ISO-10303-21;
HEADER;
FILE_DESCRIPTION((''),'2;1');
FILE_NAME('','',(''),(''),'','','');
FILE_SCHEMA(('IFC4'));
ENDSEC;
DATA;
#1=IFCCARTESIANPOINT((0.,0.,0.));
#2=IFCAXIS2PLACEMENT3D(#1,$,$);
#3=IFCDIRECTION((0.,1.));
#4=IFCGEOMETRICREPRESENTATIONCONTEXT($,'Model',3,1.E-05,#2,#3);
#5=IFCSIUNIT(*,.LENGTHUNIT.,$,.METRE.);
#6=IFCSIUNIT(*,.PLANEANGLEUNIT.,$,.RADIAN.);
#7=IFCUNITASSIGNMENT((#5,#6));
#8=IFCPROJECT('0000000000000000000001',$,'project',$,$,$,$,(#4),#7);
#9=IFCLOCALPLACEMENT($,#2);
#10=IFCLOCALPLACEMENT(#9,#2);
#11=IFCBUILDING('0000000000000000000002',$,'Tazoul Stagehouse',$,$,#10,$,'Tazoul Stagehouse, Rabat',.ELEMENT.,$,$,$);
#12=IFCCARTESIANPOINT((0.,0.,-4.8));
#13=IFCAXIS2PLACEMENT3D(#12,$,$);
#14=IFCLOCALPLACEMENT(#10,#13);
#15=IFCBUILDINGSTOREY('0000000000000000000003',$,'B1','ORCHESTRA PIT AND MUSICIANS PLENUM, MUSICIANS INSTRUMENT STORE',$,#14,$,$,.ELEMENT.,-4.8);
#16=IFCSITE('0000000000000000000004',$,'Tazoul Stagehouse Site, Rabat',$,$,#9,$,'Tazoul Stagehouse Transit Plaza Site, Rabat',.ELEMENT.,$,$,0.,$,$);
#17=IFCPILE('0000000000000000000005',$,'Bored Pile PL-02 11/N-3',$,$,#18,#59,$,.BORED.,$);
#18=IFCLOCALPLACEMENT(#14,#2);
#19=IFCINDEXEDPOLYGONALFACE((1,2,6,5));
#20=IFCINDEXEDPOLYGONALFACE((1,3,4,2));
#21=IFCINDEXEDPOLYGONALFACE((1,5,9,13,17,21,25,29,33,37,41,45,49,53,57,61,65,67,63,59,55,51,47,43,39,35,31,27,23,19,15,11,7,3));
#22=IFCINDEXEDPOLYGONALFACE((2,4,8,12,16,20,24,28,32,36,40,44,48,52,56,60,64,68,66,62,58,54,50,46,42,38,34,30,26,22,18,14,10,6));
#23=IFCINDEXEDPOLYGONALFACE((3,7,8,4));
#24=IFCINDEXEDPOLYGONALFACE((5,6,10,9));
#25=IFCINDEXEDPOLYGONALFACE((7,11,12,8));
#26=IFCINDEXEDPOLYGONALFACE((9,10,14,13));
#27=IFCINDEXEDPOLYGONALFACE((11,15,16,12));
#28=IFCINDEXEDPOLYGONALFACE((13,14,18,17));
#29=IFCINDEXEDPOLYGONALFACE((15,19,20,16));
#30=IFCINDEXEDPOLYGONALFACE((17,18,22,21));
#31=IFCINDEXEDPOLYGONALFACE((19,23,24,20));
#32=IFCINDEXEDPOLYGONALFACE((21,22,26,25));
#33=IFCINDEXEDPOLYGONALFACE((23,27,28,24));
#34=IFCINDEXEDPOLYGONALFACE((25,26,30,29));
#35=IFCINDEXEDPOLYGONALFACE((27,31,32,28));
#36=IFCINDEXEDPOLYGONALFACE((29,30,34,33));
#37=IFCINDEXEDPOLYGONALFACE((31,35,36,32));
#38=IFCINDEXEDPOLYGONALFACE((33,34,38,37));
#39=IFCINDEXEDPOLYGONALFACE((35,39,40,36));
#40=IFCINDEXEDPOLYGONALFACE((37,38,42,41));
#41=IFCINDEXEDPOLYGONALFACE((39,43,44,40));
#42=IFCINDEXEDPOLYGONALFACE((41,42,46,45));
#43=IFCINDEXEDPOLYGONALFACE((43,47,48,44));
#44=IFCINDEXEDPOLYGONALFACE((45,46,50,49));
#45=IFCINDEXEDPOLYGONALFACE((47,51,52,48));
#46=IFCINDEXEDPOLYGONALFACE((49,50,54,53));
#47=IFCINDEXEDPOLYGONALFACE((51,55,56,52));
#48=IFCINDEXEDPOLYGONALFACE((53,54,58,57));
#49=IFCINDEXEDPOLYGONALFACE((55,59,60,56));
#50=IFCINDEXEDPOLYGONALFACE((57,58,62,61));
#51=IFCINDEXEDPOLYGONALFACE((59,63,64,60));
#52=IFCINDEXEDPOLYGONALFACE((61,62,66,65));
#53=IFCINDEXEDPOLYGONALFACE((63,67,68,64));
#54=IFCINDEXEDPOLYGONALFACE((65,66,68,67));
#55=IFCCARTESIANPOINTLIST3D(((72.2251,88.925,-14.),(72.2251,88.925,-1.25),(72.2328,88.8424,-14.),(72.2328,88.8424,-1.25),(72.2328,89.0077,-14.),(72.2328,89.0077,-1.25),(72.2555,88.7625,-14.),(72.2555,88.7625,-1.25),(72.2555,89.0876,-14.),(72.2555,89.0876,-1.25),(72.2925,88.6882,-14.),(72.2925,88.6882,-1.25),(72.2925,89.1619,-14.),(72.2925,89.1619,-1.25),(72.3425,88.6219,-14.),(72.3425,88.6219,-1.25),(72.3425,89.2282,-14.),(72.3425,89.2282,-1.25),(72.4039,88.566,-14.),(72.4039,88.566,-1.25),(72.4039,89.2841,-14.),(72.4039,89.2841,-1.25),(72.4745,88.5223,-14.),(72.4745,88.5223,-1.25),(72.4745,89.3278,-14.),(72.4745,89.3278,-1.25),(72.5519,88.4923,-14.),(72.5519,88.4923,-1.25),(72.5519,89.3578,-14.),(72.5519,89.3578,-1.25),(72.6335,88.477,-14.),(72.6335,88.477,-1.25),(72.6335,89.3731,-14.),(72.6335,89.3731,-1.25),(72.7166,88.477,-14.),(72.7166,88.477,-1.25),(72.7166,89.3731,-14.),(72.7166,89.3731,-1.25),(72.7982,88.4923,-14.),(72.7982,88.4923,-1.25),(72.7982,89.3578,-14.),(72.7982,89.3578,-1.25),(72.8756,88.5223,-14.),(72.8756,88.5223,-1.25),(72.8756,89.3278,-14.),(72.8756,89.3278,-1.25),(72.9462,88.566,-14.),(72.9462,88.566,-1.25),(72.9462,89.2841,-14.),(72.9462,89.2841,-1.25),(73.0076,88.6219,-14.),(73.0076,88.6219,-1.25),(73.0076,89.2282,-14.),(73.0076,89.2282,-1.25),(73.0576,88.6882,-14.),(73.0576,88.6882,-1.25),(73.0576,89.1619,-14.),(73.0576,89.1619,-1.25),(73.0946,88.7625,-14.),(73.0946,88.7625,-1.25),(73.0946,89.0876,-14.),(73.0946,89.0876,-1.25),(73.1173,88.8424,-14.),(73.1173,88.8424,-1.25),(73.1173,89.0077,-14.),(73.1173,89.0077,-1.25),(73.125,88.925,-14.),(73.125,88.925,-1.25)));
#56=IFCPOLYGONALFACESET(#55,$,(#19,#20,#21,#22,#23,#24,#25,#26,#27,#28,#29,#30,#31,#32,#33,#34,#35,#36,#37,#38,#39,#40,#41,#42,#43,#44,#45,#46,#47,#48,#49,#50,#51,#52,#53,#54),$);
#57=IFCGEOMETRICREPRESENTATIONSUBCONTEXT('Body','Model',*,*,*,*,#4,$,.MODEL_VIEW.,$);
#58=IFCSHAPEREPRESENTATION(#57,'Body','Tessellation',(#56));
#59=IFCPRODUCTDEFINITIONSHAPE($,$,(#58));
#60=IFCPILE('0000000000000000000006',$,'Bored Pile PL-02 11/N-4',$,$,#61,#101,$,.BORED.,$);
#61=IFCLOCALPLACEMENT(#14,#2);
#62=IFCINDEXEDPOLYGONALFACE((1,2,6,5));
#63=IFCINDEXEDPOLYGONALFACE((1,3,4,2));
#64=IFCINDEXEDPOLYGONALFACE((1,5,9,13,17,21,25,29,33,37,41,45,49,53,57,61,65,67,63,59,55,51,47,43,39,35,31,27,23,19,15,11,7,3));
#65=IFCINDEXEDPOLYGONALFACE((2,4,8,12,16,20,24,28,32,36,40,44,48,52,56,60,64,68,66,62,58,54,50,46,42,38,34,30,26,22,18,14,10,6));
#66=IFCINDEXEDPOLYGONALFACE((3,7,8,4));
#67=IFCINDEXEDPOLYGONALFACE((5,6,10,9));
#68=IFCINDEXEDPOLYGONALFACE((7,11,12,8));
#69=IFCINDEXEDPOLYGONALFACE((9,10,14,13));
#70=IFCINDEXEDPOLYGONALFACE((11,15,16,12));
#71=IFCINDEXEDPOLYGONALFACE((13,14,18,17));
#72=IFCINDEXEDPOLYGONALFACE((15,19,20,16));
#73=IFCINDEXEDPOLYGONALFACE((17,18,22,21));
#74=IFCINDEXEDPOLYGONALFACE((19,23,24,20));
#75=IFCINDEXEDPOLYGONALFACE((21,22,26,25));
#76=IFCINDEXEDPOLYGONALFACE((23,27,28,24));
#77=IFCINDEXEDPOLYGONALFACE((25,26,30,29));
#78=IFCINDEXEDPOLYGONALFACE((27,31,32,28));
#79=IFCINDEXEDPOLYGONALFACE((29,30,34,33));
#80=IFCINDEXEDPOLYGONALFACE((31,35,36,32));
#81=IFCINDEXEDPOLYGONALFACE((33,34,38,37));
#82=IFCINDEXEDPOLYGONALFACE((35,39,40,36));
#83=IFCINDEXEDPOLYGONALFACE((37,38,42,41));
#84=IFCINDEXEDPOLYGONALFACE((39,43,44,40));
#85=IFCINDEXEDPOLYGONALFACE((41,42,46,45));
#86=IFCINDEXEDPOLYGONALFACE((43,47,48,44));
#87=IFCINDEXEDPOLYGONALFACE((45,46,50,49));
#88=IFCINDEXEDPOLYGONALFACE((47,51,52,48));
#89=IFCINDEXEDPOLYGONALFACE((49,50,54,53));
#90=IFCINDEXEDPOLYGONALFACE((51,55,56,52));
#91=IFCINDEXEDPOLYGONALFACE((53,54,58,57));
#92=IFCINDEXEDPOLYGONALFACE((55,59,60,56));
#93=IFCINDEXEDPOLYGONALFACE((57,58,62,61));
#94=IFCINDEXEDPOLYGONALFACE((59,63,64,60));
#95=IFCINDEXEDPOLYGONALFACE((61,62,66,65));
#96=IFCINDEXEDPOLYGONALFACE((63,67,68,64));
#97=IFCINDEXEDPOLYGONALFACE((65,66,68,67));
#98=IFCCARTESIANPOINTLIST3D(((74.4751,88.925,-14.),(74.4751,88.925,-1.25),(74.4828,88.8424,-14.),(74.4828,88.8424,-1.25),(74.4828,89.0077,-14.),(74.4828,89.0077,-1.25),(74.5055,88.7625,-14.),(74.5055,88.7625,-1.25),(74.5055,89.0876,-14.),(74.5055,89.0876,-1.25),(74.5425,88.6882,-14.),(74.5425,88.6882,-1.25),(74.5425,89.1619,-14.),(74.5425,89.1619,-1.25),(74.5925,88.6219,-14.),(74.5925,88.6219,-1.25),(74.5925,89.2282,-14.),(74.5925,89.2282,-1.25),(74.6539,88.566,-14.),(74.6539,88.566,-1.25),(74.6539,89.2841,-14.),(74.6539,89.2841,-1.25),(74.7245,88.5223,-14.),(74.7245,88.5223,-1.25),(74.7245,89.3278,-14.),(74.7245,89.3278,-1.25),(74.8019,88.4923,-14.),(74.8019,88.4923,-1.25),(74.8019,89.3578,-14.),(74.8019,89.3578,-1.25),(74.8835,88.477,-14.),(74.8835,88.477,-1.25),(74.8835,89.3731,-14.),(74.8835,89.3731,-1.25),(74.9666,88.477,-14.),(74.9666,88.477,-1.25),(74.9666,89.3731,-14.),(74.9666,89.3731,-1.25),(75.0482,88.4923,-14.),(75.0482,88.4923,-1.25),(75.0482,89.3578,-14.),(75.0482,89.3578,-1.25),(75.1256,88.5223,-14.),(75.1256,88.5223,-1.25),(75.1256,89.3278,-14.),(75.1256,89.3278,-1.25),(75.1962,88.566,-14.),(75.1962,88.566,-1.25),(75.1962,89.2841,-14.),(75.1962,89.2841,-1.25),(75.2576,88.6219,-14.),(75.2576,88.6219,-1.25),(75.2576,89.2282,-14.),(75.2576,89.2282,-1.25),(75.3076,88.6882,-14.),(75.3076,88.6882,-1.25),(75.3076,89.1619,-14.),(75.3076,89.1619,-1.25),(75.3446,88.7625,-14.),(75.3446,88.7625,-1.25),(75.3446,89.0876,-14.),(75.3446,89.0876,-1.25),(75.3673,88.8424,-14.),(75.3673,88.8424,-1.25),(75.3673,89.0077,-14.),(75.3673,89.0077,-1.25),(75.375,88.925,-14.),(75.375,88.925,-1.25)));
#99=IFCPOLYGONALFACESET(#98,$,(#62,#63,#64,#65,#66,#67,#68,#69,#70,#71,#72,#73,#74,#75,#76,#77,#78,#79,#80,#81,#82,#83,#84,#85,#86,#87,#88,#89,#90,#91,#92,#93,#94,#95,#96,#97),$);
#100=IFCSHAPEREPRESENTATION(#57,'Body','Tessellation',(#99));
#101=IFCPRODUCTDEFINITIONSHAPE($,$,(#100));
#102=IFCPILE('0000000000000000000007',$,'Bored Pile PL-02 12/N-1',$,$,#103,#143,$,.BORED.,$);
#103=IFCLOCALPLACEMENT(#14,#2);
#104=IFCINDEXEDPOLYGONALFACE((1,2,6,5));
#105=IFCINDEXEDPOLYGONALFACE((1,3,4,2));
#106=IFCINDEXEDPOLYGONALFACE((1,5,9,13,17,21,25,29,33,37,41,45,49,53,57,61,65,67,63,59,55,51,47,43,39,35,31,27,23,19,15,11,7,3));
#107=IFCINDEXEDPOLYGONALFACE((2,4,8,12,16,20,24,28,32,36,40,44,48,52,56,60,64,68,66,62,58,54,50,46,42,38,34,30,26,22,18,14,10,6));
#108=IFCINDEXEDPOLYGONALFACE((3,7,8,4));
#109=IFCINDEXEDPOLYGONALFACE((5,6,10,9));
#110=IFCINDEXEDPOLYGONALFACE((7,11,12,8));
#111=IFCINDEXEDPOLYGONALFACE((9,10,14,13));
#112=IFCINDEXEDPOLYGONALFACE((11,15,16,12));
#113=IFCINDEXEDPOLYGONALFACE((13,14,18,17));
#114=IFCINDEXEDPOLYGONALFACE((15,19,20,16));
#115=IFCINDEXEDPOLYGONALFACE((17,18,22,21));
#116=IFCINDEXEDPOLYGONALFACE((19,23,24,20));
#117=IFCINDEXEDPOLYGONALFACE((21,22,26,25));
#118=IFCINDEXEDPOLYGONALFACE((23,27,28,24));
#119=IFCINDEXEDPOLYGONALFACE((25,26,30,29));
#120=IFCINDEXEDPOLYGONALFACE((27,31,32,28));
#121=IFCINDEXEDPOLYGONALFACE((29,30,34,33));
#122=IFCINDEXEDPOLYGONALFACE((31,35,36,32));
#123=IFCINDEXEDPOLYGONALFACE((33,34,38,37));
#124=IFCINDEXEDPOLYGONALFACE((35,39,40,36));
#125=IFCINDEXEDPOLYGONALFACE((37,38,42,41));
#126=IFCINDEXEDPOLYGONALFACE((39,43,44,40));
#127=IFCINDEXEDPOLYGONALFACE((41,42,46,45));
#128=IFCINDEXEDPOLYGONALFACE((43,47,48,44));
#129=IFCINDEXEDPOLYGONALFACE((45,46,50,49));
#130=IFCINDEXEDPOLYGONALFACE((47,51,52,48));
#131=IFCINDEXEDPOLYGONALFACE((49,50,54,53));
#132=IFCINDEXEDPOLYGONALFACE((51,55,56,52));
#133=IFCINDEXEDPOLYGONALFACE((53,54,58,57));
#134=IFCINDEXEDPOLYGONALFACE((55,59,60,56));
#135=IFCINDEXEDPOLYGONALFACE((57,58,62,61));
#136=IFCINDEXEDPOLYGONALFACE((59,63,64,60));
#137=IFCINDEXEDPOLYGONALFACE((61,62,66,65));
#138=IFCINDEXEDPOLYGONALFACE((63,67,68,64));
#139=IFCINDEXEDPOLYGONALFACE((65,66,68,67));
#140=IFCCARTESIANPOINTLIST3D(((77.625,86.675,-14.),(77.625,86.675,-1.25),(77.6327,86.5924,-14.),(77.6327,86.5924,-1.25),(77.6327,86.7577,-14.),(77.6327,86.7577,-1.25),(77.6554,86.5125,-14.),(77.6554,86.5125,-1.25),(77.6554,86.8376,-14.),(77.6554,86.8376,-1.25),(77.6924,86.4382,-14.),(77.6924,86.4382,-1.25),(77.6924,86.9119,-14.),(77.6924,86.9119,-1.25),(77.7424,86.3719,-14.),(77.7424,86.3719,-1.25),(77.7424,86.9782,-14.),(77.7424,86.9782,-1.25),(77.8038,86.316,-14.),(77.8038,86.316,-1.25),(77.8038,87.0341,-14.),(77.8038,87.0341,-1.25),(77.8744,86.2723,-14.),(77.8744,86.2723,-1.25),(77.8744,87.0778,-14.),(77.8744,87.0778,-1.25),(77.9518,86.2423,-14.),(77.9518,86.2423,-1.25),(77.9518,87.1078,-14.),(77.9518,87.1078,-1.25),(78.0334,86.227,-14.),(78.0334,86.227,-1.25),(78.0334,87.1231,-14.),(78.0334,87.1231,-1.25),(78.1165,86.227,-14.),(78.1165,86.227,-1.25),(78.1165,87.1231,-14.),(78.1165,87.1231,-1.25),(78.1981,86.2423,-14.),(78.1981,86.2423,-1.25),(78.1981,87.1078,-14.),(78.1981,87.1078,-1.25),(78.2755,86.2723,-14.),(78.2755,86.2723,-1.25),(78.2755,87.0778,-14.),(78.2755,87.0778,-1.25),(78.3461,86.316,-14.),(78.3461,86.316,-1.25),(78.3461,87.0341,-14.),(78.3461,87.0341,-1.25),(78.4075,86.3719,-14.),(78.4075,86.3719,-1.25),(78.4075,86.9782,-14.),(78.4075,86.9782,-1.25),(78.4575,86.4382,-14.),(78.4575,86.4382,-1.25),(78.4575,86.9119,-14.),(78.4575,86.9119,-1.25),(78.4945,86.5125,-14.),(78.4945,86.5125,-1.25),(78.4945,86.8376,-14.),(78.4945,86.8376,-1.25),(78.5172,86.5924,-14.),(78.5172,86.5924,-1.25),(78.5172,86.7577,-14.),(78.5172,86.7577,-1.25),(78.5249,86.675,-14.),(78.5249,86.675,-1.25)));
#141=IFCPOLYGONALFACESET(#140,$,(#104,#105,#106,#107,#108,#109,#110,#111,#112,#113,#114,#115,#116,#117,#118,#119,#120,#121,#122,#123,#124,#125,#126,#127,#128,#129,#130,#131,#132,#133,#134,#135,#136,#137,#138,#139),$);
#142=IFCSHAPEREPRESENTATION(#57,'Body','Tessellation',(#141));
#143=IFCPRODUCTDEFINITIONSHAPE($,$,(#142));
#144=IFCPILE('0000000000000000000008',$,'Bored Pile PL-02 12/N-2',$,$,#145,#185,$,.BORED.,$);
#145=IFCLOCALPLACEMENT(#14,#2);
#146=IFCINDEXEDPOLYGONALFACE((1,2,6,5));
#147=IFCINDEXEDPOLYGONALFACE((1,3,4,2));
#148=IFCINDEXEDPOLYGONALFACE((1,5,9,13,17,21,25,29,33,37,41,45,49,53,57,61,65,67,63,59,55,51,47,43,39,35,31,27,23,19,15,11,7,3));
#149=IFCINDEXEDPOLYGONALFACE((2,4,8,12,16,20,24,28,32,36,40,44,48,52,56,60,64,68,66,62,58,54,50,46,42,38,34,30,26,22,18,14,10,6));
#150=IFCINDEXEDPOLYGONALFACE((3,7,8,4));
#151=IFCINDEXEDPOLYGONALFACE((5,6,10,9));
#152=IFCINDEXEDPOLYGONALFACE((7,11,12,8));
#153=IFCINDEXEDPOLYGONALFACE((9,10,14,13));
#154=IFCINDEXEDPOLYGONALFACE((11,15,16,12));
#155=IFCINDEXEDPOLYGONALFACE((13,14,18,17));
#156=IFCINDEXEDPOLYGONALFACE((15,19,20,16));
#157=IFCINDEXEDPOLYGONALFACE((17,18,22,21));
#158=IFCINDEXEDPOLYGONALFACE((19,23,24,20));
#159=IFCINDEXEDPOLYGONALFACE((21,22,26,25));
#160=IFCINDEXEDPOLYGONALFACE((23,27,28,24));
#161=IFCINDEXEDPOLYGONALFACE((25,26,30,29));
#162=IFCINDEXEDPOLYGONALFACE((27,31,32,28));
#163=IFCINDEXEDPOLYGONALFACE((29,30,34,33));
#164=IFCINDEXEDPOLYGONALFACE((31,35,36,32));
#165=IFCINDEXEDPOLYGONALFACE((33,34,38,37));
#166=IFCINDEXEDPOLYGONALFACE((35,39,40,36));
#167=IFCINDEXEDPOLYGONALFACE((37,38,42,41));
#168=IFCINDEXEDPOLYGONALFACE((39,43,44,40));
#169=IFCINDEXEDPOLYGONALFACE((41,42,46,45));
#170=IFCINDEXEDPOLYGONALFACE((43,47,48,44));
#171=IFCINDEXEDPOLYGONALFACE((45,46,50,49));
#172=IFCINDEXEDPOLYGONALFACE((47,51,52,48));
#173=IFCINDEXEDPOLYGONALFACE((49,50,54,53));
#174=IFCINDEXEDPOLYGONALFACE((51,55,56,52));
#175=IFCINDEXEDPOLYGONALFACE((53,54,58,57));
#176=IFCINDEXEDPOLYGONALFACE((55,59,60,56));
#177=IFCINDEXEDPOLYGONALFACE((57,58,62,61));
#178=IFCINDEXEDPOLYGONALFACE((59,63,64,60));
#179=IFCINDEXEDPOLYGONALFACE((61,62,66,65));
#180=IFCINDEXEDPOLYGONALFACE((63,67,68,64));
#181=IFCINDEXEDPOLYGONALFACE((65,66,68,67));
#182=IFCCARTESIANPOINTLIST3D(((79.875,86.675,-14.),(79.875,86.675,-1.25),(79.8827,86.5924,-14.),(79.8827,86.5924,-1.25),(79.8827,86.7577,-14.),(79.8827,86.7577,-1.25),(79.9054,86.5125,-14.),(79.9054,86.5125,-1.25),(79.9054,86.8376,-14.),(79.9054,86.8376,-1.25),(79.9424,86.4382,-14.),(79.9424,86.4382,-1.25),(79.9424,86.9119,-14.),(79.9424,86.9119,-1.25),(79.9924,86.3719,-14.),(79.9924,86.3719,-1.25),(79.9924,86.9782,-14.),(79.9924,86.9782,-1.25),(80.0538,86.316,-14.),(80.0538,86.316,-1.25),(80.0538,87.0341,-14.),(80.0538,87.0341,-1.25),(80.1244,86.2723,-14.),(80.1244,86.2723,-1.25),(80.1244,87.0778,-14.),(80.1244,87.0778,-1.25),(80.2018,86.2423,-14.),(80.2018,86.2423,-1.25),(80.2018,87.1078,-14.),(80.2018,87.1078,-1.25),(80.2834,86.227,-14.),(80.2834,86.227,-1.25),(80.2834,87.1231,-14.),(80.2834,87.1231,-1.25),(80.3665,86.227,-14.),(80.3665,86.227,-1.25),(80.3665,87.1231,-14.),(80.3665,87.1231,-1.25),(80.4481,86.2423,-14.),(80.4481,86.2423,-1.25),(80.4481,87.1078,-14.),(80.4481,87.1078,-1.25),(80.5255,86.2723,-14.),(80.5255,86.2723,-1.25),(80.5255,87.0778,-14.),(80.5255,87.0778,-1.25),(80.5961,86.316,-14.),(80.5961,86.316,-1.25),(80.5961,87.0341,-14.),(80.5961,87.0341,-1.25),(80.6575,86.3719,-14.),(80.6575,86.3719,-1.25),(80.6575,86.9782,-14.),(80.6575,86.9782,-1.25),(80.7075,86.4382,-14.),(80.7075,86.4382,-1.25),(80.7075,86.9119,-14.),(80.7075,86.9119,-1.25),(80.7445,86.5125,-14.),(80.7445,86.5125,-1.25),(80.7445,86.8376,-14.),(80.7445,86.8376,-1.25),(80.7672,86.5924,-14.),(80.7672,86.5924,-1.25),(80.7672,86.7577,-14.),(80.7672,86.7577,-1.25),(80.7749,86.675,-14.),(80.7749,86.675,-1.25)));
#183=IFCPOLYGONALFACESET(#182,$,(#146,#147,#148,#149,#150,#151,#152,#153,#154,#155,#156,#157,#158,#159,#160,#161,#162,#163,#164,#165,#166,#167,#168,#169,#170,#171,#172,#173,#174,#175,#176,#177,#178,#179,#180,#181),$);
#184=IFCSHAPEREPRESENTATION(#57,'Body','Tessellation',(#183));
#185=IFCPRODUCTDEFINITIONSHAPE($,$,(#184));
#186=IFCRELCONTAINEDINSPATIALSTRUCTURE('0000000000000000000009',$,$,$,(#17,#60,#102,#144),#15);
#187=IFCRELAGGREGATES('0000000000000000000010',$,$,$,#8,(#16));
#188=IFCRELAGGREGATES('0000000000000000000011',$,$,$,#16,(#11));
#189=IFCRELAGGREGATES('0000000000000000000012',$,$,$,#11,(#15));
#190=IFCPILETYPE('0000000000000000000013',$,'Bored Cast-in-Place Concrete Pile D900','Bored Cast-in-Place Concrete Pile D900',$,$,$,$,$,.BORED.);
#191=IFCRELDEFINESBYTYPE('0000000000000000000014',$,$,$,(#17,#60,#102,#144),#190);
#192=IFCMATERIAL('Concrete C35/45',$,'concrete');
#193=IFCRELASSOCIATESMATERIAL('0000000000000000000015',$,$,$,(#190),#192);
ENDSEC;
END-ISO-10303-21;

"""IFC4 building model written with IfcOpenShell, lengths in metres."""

from ifc_helpers import new_model, si_unit, direction, frame, origin, origin_2d, place, context, subcontext, project, spatial, circle, extrude, material, material_profile, profile_set, type_object, element, save


model = new_model("IFC4")

# Units and contexts
model_context = context("Model", 3, precision=1e-05, world=origin(), true_north=direction((0.0, 1.0)))
body_context = subcontext(model_context, "Body", "Model", "MODEL_VIEW")
ifc_project = project(units=[si_unit("LENGTHUNIT", "METRE"), si_unit("PLANEANGLEUNIT", "RADIAN")], contexts=[model_context])

# Site, building, storey
site_placement = place(None, origin())
site = spatial("IfcSite", under=ifc_project, at=site_placement, Name="Tazoul Stagehouse Site, Rabat", LongName="Tazoul Stagehouse Transit Plaza Site, Rabat", CompositionType="ELEMENT", RefElevation=0.0)
building_placement = place(site_placement, origin())
building = spatial("IfcBuilding", under=site, at=building_placement, Name="Tazoul Stagehouse", LongName="Tazoul Stagehouse, Rabat", CompositionType="ELEMENT")
storey_placement = place(building_placement, frame((0.0, 0.0, -4.8)))
storey = spatial("IfcBuildingStorey", under=building, at=storey_placement, Name="B1", Description="ORCHESTRA PIT AND MUSICIANS PLENUM, MUSICIANS INSTRUMENT STORE", CompositionType="ELEMENT", Elevation=-4.8)

# Piles
ifc_material_1 = material(Name="Concrete C35/45", Category="concrete")
ifc_material_profile_1 = material_profile(ifc_material_1, circle(Radius=0.45, at=origin_2d()), Name="BORED PILE 900")
ifc_profile_set_1 = profile_set([ifc_material_profile_1], Name="Concrete C35/45")
pile_type = type_object("IfcPileType", Name="Bored Cast-in-Place Concrete Pile D900", Description="Bored Cast-in-Place Concrete Pile D900", PredefinedType="BORED", material=ifc_profile_set_1)
for number, where, z_axis, x_axis, name in (
    (1, (72.675, 88.925, -1.25), (0.0, 0.0, -1.0), (1.0, 0.0, 0.0), "Bored Pile PL-02 11/N-3"),
    (2, (74.925, 88.925, -1.25), (0.0, 0.0, -1.0), (1.0, 0.0, 0.0), "Bored Pile PL-02 11/N-4"),
    (3, (78.075, 86.675, -1.25), (0.0, 0.0, -1.0), (1.0, 0.0, 0.0), "Bored Pile PL-02 12/N-1"),
    (4, (80.325, 86.675, -1.25), (0.0, 0.0, -1.0), (1.0, 0.0, 0.0), "Bored Pile PL-02 12/N-2"),
):
    element("IfcPile", number, at=place(storey_placement, frame(where, z_axis=z_axis, x_axis=x_axis)), inside=storey, type_object=pile_type, Name=name, PredefinedType="BORED", context=body_context, shape_type="SweptSolid", body=[
        extrude(circle(Radius=0.45, at=origin_2d()), origin(), (0.0, 0.0, 1.0), 12.75),
    ])

save(model, "model.ifc")
